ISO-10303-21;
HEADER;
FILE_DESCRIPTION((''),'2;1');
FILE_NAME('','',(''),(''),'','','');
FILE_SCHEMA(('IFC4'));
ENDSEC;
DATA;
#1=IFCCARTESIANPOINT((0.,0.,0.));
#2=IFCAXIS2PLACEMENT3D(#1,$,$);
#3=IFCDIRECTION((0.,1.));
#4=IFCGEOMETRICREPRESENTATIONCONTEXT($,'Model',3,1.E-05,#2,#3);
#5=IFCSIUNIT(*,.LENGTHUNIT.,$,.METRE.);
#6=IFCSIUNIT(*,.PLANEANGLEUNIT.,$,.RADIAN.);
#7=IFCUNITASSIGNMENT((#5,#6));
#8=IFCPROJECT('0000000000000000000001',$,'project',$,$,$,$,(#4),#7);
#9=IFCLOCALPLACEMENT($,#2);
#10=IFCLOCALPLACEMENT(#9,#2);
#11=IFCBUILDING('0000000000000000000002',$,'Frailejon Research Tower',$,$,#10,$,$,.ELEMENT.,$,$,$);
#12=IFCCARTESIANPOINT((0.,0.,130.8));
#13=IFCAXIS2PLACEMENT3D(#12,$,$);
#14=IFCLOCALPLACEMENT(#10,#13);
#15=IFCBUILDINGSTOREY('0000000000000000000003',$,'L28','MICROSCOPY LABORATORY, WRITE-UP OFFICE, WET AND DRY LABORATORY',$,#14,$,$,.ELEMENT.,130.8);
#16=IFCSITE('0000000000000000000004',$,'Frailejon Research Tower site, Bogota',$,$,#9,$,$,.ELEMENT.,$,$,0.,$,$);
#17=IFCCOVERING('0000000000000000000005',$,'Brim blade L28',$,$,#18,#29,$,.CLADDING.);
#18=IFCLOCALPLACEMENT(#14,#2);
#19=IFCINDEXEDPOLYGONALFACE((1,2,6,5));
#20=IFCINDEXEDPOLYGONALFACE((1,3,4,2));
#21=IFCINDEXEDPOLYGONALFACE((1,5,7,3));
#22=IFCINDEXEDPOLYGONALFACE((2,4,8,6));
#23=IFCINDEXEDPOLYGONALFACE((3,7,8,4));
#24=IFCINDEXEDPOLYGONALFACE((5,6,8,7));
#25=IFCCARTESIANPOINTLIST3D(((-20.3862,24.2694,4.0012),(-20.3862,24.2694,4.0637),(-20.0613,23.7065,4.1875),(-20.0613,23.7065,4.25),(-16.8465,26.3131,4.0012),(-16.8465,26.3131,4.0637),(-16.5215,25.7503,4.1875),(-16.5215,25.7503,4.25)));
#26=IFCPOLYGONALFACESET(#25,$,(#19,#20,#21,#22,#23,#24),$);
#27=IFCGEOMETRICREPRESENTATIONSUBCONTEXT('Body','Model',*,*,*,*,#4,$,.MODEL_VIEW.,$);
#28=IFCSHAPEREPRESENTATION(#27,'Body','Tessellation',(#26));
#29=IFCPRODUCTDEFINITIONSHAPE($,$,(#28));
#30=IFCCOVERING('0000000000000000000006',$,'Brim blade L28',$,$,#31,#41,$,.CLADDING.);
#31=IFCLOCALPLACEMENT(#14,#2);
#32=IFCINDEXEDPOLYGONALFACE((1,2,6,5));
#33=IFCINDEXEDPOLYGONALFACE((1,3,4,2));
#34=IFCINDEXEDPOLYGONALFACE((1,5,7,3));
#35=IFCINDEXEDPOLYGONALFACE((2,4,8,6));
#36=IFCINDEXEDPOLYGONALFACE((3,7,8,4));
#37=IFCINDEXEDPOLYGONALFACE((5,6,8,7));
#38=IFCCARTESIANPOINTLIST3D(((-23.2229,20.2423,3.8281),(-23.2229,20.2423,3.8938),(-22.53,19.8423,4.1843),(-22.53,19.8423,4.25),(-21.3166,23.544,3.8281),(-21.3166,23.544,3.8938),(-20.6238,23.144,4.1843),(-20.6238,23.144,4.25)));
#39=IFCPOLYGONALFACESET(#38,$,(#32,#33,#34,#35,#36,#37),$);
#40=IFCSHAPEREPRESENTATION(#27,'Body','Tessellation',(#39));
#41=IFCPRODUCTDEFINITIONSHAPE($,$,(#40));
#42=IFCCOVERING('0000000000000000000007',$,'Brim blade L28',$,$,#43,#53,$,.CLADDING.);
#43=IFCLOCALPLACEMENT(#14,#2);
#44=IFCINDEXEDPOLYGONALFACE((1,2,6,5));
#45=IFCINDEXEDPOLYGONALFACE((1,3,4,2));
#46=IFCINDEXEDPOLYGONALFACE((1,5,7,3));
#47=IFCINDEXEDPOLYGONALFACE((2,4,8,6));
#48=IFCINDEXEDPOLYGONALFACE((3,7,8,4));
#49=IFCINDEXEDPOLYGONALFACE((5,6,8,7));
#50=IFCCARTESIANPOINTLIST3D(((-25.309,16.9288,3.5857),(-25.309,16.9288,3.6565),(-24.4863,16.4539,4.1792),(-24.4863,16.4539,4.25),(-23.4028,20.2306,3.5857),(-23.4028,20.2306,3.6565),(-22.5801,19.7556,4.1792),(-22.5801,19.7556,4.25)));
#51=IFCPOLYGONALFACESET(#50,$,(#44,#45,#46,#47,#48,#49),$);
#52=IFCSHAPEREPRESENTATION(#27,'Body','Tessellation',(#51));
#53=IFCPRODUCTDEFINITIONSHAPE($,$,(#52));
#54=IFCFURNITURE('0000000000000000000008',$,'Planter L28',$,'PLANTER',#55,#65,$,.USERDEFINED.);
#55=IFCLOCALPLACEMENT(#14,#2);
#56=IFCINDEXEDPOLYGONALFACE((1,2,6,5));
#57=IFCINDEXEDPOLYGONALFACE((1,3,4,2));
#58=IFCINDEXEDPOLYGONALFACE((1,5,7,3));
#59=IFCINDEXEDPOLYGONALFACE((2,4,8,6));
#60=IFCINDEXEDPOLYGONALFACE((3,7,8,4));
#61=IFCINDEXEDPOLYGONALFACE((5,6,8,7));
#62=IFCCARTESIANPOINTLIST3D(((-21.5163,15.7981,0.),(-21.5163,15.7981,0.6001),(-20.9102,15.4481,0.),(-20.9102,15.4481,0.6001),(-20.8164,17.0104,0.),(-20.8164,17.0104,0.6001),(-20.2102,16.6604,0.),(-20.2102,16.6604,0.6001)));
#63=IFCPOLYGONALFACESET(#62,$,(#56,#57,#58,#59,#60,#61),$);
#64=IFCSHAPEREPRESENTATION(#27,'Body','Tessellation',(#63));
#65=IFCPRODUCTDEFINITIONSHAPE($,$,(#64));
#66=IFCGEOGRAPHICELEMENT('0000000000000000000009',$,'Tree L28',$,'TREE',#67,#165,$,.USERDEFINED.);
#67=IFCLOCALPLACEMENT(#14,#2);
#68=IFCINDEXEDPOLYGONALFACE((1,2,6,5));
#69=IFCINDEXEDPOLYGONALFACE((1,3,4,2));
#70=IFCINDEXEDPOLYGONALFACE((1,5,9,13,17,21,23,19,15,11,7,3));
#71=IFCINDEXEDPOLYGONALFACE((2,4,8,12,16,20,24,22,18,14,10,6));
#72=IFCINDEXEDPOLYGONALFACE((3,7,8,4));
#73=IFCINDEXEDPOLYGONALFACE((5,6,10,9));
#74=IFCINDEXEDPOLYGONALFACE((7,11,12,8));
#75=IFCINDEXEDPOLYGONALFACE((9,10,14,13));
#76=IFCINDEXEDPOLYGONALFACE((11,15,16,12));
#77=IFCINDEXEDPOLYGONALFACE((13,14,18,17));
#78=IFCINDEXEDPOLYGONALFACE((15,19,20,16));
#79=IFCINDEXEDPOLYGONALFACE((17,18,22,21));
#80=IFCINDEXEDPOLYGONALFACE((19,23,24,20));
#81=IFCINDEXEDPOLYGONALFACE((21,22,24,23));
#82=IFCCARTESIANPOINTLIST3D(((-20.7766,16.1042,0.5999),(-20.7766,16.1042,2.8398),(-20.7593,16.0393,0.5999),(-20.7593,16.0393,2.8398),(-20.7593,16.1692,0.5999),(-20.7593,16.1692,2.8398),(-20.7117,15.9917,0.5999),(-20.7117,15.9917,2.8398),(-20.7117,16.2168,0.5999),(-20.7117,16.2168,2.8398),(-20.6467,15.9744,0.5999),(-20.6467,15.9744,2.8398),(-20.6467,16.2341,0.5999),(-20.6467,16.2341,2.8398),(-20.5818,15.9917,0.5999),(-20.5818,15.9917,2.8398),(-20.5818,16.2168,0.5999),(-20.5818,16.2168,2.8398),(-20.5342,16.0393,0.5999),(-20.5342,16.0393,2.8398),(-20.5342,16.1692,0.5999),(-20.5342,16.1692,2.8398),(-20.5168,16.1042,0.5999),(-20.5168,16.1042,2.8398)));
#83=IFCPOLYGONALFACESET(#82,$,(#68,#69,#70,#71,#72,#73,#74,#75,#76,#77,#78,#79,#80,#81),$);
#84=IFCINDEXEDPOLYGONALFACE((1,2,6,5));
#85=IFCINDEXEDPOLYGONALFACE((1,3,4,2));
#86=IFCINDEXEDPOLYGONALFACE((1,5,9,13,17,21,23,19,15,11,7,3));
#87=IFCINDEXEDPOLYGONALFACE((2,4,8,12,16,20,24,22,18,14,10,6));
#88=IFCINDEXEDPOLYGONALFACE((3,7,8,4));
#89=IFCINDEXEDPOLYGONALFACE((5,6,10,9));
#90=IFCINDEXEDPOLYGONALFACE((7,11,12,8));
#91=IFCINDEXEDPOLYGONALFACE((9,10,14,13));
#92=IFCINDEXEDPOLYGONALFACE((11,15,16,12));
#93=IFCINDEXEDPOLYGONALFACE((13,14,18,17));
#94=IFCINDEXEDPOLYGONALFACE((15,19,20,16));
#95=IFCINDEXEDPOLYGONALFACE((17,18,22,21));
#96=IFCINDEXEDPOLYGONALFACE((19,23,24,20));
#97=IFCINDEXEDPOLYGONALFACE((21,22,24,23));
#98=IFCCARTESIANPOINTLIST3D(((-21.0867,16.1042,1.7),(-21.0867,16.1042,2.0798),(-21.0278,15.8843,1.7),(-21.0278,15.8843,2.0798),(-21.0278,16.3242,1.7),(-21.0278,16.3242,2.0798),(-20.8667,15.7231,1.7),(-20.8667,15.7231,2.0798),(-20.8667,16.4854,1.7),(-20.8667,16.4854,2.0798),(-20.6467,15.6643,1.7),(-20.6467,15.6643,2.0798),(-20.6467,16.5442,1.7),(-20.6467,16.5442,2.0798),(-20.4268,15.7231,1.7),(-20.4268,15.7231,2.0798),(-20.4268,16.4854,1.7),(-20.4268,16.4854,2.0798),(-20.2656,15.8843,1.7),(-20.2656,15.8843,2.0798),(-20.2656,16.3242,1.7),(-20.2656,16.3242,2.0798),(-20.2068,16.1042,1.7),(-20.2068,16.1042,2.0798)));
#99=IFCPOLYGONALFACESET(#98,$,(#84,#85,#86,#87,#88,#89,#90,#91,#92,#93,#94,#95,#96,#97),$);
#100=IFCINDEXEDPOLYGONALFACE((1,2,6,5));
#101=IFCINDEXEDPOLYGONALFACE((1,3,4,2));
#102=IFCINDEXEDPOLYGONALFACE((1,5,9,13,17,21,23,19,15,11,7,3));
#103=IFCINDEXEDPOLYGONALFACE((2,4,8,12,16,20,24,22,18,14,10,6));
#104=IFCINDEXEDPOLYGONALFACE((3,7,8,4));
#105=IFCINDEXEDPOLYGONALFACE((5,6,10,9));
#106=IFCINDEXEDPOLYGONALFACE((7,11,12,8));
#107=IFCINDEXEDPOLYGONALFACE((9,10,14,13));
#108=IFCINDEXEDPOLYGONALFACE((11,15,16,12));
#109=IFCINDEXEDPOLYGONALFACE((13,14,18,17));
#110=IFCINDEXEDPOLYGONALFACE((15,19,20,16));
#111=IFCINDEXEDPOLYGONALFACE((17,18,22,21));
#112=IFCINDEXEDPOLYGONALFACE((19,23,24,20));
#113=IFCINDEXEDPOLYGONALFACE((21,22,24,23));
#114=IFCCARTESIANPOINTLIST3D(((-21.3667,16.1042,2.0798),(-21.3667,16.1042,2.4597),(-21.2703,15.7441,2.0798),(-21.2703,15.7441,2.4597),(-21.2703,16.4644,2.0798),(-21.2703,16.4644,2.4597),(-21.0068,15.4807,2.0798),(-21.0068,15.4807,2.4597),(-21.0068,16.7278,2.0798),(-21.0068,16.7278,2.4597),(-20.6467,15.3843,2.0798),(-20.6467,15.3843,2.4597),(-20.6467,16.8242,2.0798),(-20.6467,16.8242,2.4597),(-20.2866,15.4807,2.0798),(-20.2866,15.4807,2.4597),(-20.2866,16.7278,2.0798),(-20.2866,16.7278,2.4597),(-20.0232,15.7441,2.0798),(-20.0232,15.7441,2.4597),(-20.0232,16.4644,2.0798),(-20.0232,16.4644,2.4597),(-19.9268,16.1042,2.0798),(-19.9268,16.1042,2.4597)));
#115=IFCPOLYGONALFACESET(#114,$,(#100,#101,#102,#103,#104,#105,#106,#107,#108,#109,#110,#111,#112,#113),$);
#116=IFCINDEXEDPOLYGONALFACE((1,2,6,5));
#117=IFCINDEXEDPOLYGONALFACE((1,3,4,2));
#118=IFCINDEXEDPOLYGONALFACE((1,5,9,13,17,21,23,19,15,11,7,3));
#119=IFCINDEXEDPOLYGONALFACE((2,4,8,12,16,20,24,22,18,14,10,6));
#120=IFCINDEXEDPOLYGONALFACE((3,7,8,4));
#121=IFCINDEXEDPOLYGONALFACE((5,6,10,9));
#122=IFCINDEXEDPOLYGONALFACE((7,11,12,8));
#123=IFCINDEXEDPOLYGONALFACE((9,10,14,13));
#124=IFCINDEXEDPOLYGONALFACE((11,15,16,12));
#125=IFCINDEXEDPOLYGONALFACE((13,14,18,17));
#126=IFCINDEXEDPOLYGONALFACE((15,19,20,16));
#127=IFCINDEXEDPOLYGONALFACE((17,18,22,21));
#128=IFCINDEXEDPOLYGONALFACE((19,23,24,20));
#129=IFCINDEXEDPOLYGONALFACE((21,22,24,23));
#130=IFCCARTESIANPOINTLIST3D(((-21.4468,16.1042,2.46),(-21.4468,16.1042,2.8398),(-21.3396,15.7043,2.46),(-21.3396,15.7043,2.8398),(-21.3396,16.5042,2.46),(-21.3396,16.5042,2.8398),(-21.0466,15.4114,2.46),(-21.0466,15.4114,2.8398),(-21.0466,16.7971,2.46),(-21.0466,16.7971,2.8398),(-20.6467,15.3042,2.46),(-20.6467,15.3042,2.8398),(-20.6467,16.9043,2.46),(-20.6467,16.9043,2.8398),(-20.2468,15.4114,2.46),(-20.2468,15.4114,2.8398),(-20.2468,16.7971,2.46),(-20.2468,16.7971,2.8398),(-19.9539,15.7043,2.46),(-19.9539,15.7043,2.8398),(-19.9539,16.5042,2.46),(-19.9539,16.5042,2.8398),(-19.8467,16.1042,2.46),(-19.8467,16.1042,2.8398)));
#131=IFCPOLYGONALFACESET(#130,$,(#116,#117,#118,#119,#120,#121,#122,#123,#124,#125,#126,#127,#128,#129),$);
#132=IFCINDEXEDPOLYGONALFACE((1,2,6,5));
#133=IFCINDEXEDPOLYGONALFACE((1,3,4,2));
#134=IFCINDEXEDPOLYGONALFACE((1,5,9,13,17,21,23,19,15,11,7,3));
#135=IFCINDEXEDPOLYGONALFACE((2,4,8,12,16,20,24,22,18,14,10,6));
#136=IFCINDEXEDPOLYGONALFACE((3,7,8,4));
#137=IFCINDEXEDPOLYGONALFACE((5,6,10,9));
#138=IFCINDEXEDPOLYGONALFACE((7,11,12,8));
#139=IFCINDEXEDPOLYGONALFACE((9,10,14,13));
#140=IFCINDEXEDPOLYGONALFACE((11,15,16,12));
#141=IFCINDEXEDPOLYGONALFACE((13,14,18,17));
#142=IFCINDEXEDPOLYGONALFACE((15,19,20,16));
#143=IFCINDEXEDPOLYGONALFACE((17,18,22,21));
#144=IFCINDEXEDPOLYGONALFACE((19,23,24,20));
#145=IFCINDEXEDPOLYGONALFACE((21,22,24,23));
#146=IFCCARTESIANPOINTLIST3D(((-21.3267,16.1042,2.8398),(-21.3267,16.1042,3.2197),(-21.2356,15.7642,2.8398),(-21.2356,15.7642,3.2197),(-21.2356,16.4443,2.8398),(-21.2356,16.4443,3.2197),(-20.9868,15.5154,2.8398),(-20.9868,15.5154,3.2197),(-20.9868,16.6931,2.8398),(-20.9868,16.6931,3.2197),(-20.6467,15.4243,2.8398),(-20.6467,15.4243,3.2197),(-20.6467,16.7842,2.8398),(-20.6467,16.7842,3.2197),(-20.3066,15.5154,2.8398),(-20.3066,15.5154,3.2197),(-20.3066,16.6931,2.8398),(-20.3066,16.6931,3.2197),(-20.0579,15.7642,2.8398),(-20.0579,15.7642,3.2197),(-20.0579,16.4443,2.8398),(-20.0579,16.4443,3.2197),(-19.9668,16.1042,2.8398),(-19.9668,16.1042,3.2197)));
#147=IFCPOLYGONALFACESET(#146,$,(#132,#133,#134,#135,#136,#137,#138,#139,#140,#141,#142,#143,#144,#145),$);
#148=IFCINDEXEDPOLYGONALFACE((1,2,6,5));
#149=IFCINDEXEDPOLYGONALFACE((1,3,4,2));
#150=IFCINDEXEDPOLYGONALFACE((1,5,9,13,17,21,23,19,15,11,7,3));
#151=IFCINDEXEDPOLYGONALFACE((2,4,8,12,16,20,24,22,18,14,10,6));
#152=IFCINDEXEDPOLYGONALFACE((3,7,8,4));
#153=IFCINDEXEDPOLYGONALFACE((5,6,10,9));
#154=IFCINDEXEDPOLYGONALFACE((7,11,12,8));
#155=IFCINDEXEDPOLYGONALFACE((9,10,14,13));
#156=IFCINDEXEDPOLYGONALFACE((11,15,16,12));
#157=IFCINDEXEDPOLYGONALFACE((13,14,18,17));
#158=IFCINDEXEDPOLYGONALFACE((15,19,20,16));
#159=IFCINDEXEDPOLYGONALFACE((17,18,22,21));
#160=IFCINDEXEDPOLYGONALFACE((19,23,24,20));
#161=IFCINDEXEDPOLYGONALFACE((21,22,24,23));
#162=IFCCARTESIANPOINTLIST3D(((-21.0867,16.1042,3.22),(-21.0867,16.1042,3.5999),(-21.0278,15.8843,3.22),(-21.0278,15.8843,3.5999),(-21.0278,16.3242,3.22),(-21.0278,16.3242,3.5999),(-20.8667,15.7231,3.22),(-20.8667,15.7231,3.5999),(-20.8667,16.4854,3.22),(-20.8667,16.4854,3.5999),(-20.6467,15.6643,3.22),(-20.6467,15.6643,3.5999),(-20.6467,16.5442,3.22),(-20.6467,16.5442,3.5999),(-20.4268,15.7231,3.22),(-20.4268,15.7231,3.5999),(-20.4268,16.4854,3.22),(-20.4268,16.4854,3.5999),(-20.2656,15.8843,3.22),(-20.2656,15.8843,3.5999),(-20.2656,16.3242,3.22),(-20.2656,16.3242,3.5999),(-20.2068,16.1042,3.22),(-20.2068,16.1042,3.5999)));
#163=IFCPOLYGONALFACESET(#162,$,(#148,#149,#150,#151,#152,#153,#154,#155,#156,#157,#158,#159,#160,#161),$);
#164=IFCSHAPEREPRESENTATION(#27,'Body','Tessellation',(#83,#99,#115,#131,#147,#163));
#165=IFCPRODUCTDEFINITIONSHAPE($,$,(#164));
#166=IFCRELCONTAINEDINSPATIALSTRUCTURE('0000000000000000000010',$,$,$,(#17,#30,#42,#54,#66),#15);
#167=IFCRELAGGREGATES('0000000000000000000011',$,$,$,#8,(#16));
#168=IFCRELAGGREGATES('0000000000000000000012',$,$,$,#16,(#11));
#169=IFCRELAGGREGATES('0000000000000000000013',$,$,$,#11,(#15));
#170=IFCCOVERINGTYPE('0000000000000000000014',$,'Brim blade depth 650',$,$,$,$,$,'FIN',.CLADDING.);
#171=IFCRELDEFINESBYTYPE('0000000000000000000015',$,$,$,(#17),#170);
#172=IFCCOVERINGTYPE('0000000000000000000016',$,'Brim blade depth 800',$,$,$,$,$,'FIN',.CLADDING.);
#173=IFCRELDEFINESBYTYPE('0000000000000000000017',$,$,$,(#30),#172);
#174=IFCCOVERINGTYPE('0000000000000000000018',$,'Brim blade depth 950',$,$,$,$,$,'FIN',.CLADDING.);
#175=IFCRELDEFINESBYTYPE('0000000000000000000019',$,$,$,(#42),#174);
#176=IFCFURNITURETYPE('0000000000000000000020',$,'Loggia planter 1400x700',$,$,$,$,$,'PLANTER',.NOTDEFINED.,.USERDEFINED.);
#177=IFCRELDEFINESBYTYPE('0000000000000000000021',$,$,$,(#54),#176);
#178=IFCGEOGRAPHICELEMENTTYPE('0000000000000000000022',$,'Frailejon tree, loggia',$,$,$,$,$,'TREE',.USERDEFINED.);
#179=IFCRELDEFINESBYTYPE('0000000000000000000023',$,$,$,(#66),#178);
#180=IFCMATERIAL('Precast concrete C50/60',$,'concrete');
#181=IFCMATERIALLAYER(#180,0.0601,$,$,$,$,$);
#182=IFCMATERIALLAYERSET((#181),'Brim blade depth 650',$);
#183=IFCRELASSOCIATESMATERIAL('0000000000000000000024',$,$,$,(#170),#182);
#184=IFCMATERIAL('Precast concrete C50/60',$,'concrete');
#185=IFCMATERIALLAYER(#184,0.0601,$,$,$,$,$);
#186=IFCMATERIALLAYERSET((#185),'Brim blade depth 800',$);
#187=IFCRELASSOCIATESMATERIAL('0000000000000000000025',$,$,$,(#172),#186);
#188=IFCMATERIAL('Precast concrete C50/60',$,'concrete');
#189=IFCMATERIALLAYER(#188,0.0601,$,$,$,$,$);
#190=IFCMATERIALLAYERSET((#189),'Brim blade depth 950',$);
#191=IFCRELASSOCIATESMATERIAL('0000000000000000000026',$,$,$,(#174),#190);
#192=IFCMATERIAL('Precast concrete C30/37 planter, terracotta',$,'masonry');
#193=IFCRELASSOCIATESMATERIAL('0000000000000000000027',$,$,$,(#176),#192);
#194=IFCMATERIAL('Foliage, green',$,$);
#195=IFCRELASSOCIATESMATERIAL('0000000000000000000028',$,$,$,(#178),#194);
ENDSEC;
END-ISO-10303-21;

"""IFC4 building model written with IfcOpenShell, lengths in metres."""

from ifc_helpers import new_model, si_unit, direction, frame, origin, origin_2d, place, context, subcontext, project, spatial, polyline, rectangle, outline, extrude, material, layer, layer_set, type_object, element, save


model = new_model("IFC4")

# Units and contexts
model_context = context("Model", 3, precision=1e-05, world=origin(), true_north=direction((0.0, 1.0)))
body_context = subcontext(model_context, "Body", "Model", "MODEL_VIEW")
ifc_project = project(units=[si_unit("LENGTHUNIT", "METRE"), si_unit("PLANEANGLEUNIT", "RADIAN")], contexts=[model_context])

# Site, building, storey
site_placement = place(None, origin())
site = spatial("IfcSite", under=ifc_project, at=site_placement, Name="Frailejon Research Tower site, Bogota", CompositionType="ELEMENT", RefElevation=0.0)
building_placement = place(site_placement, origin())
building = spatial("IfcBuilding", under=site, at=building_placement, Name="Frailejon Research Tower", CompositionType="ELEMENT")
storey_placement = place(building_placement, frame((0.0, 0.0, 130.8)))
storey = spatial("IfcBuildingStorey", under=building, at=storey_placement, Name="L28", Description="MICROSCOPY LABORATORY, WRITE-UP OFFICE, WET AND DRY LABORATORY", CompositionType="ELEMENT", Elevation=130.8)

# Coverings
ifc_material_1 = material(Name="Precast concrete C50/60", Category="concrete")
ifc_layer_1 = layer(ifc_material_1, 0.0601)
ifc_layer_set_1 = layer_set([ifc_layer_1], Name="Brim blade depth 650")
covering_type_1 = type_object("IfcCoveringType", Name="Brim blade depth 650", ElementType="FIN", PredefinedType="CLADDING", material=ifc_layer_set_1)
covering_1_placement = place(storey_placement, frame((-20.0613, 23.7065, 4.25), z_axis=(0.866021, 0.500007, 0.0), x_axis=(-0.500007, 0.866021, 0.0)))
element("IfcCovering", 1, at=covering_1_placement, inside=storey, type_object=covering_type_1, Name="Brim blade L28", PredefinedType="CLADDING", context=body_context, shape_type="SweptSolid", body=[
    extrude(outline(polyline([(0.0, -0.0625), (0.6499, -0.2488), (0.6499, -0.1863), (0.0, 0.0), (0.0, -0.0625)])), origin(), (0.0, 0.0, 1.0), 4.0874),
])
ifc_material_2 = material(Name="Precast concrete C50/60", Category="concrete")
ifc_layer_2 = layer(ifc_material_2, 0.0601)
ifc_layer_set_2 = layer_set([ifc_layer_2], Name="Brim blade depth 800")
covering_type_2 = type_object("IfcCoveringType", Name="Brim blade depth 800", ElementType="FIN", PredefinedType="CLADDING", material=ifc_layer_set_2)
covering_2_placement = place(storey_placement, frame((-22.53, 19.8423, 4.25), z_axis=(0.500001, 0.866025, 0.0), x_axis=(-0.866025, 0.500001, 0.0)))
element("IfcCovering", 2, at=covering_2_placement, inside=storey, type_object=covering_type_2, Name="Brim blade L28", PredefinedType="CLADDING", context=body_context, shape_type="SweptSolid", body=[
    extrude(outline(polyline([(0.0, -0.0657), (0.8, -0.4219), (0.8, -0.3562), (0.0, 0.0), (0.0, -0.0657)])), origin(), (0.0, 0.0, 1.0), 3.8125),
])
ifc_material_3 = material(Name="Precast concrete C50/60", Category="concrete")
ifc_layer_3 = layer(ifc_material_3, 0.0601)
ifc_layer_set_3 = layer_set([ifc_layer_3], Name="Brim blade depth 950")
covering_type_3 = type_object("IfcCoveringType", Name="Brim blade depth 950", ElementType="FIN", PredefinedType="CLADDING", material=ifc_layer_set_3)
covering_3_placement = place(storey_placement, frame((-24.4863, 16.4539, 4.25), z_axis=(0.500001, 0.866025, 0.0), x_axis=(-0.866025, 0.500001, 0.0)))
element("IfcCovering", 3, at=covering_3_placement, inside=storey, type_object=covering_type_3, Name="Brim blade L28", PredefinedType="CLADDING", context=body_context, shape_type="SweptSolid", body=[
    extrude(outline(polyline([(0.0, -0.0708), (0.95, -0.6643), (0.95, -0.5935), (0.0, 0.0), (0.0, -0.0708)])), origin(), (0.0, 0.0, 1.0), 3.8125),
])

# Furniture
ifc_material_4 = material(Name="Precast concrete C30/37 planter, terracotta", Category="masonry")
furniture_type = type_object("IfcFurnitureType", Name="Loggia planter 1400x700", ElementType="PLANTER", AssemblyPlace="NOTDEFINED", PredefinedType="USERDEFINED", material=ifc_material_4)
furniture_placement = place(storey_placement, frame((-20.8633, 16.2292, 0.0), z_axis=(0.0, 0.0, 1.0), x_axis=(-0.5, -0.866025, 0.0)))
element("IfcFurniture", 4, at=furniture_placement, inside=storey, type_object=furniture_type, Name="Planter L28", ObjectType="PLANTER", PredefinedType="USERDEFINED", context=body_context, shape_type="SweptSolid", body=[
    extrude(rectangle(XDim=1.3999, YDim=0.7, at=origin_2d()), origin(), (0.0, 0.0, 1.0), 0.6001),
])

# Geographic element
ifc_material_5 = material(Name="Foliage, green")
geographic_element_type = type_object("IfcGeographicElementType", Name="Frailejon tree, loggia", ElementType="TREE", PredefinedType="USERDEFINED", material=ifc_material_5)
geographic_element_placement = place(storey_placement, frame((-20.6467, 16.1042, 0.5999)))
element("IfcGeographicElement", 5, at=geographic_element_placement, inside=storey, type_object=geographic_element_type, Name="Tree L28", ObjectType="TREE", PredefinedType="USERDEFINED", context=body_context, shape_type="SweptSolid", body=[
    extrude(outline(polyline([(0.1299, 0.0), (0.1125, 0.0649), (0.0649, 0.1125), (0.0, 0.1299), (-0.0649, 0.1125), (-0.1125, 0.0649), (-0.1299, 0.0), (-0.1125, -0.0649), (-0.0649, -0.1125), (0.0, -0.1299), (0.0649, -0.1125), (0.1125, -0.0649), (0.1299, 0.0)])), origin(), (0.0, 0.0, 1.0), 2.24),
    extrude(outline(polyline([(0.4399, 0.0), (0.3811, 0.22), (0.22, 0.3811), (0.0, 0.4399), (-0.22, 0.3811), (-0.3811, 0.22), (-0.4399, 0.0), (-0.3811, -0.22), (-0.22, -0.3811), (0.0, -0.4399), (0.22, -0.3811), (0.3811, -0.22), (0.4399, 0.0)])), frame((0.0, 0.0, 1.1001)), (0.0, 0.0, 1.0), 0.3799),
    extrude(outline(polyline([(0.72, 0.0), (0.6235, 0.3601), (0.3601, 0.6235), (0.0, 0.72), (-0.3601, 0.6235), (-0.6235, 0.3601), (-0.72, 0.0), (-0.6235, -0.3601), (-0.3601, -0.6235), (0.0, -0.72), (0.3601, -0.6235), (0.6235, -0.3601), (0.72, 0.0)])), frame((0.0, 0.0, 1.48)), (0.0, 0.0, 1.0), 0.3799),
    extrude(outline(polyline([(0.8, 0.0), (0.6929, 0.3999), (0.3999, 0.6929), (0.0, 0.8), (-0.3999, 0.6929), (-0.6929, 0.3999), (-0.8, 0.0), (-0.6929, -0.3999), (-0.3999, -0.6929), (0.0, -0.8), (0.3999, -0.6929), (0.6929, -0.3999), (0.8, 0.0)])), frame((0.0, 0.0, 1.8601)), (0.0, 0.0, 1.0), 0.3799),
    extrude(outline(polyline([(0.6799, 0.0), (0.5889, 0.3401), (0.3401, 0.5889), (0.0, 0.6799), (-0.3401, 0.5889), (-0.5889, 0.3401), (-0.6799, 0.0), (-0.5889, -0.3401), (-0.3401, -0.5889), (0.0, -0.6799), (0.3401, -0.5889), (0.5889, -0.3401), (0.6799, 0.0)])), frame((0.0, 0.0, 2.24)), (0.0, 0.0, 1.0), 0.3799),
    extrude(outline(polyline([(0.4399, 0.0), (0.3811, 0.22), (0.22, 0.3811), (0.0, 0.4399), (-0.22, 0.3811), (-0.3811, 0.22), (-0.4399, 0.0), (-0.3811, -0.22), (-0.22, -0.3811), (0.0, -0.4399), (0.22, -0.3811), (0.3811, -0.22), (0.4399, 0.0)])), frame((0.0, 0.0, 2.6201)), (0.0, 0.0, 1.0), 0.3799),
])

save(model, "model.ifc")
